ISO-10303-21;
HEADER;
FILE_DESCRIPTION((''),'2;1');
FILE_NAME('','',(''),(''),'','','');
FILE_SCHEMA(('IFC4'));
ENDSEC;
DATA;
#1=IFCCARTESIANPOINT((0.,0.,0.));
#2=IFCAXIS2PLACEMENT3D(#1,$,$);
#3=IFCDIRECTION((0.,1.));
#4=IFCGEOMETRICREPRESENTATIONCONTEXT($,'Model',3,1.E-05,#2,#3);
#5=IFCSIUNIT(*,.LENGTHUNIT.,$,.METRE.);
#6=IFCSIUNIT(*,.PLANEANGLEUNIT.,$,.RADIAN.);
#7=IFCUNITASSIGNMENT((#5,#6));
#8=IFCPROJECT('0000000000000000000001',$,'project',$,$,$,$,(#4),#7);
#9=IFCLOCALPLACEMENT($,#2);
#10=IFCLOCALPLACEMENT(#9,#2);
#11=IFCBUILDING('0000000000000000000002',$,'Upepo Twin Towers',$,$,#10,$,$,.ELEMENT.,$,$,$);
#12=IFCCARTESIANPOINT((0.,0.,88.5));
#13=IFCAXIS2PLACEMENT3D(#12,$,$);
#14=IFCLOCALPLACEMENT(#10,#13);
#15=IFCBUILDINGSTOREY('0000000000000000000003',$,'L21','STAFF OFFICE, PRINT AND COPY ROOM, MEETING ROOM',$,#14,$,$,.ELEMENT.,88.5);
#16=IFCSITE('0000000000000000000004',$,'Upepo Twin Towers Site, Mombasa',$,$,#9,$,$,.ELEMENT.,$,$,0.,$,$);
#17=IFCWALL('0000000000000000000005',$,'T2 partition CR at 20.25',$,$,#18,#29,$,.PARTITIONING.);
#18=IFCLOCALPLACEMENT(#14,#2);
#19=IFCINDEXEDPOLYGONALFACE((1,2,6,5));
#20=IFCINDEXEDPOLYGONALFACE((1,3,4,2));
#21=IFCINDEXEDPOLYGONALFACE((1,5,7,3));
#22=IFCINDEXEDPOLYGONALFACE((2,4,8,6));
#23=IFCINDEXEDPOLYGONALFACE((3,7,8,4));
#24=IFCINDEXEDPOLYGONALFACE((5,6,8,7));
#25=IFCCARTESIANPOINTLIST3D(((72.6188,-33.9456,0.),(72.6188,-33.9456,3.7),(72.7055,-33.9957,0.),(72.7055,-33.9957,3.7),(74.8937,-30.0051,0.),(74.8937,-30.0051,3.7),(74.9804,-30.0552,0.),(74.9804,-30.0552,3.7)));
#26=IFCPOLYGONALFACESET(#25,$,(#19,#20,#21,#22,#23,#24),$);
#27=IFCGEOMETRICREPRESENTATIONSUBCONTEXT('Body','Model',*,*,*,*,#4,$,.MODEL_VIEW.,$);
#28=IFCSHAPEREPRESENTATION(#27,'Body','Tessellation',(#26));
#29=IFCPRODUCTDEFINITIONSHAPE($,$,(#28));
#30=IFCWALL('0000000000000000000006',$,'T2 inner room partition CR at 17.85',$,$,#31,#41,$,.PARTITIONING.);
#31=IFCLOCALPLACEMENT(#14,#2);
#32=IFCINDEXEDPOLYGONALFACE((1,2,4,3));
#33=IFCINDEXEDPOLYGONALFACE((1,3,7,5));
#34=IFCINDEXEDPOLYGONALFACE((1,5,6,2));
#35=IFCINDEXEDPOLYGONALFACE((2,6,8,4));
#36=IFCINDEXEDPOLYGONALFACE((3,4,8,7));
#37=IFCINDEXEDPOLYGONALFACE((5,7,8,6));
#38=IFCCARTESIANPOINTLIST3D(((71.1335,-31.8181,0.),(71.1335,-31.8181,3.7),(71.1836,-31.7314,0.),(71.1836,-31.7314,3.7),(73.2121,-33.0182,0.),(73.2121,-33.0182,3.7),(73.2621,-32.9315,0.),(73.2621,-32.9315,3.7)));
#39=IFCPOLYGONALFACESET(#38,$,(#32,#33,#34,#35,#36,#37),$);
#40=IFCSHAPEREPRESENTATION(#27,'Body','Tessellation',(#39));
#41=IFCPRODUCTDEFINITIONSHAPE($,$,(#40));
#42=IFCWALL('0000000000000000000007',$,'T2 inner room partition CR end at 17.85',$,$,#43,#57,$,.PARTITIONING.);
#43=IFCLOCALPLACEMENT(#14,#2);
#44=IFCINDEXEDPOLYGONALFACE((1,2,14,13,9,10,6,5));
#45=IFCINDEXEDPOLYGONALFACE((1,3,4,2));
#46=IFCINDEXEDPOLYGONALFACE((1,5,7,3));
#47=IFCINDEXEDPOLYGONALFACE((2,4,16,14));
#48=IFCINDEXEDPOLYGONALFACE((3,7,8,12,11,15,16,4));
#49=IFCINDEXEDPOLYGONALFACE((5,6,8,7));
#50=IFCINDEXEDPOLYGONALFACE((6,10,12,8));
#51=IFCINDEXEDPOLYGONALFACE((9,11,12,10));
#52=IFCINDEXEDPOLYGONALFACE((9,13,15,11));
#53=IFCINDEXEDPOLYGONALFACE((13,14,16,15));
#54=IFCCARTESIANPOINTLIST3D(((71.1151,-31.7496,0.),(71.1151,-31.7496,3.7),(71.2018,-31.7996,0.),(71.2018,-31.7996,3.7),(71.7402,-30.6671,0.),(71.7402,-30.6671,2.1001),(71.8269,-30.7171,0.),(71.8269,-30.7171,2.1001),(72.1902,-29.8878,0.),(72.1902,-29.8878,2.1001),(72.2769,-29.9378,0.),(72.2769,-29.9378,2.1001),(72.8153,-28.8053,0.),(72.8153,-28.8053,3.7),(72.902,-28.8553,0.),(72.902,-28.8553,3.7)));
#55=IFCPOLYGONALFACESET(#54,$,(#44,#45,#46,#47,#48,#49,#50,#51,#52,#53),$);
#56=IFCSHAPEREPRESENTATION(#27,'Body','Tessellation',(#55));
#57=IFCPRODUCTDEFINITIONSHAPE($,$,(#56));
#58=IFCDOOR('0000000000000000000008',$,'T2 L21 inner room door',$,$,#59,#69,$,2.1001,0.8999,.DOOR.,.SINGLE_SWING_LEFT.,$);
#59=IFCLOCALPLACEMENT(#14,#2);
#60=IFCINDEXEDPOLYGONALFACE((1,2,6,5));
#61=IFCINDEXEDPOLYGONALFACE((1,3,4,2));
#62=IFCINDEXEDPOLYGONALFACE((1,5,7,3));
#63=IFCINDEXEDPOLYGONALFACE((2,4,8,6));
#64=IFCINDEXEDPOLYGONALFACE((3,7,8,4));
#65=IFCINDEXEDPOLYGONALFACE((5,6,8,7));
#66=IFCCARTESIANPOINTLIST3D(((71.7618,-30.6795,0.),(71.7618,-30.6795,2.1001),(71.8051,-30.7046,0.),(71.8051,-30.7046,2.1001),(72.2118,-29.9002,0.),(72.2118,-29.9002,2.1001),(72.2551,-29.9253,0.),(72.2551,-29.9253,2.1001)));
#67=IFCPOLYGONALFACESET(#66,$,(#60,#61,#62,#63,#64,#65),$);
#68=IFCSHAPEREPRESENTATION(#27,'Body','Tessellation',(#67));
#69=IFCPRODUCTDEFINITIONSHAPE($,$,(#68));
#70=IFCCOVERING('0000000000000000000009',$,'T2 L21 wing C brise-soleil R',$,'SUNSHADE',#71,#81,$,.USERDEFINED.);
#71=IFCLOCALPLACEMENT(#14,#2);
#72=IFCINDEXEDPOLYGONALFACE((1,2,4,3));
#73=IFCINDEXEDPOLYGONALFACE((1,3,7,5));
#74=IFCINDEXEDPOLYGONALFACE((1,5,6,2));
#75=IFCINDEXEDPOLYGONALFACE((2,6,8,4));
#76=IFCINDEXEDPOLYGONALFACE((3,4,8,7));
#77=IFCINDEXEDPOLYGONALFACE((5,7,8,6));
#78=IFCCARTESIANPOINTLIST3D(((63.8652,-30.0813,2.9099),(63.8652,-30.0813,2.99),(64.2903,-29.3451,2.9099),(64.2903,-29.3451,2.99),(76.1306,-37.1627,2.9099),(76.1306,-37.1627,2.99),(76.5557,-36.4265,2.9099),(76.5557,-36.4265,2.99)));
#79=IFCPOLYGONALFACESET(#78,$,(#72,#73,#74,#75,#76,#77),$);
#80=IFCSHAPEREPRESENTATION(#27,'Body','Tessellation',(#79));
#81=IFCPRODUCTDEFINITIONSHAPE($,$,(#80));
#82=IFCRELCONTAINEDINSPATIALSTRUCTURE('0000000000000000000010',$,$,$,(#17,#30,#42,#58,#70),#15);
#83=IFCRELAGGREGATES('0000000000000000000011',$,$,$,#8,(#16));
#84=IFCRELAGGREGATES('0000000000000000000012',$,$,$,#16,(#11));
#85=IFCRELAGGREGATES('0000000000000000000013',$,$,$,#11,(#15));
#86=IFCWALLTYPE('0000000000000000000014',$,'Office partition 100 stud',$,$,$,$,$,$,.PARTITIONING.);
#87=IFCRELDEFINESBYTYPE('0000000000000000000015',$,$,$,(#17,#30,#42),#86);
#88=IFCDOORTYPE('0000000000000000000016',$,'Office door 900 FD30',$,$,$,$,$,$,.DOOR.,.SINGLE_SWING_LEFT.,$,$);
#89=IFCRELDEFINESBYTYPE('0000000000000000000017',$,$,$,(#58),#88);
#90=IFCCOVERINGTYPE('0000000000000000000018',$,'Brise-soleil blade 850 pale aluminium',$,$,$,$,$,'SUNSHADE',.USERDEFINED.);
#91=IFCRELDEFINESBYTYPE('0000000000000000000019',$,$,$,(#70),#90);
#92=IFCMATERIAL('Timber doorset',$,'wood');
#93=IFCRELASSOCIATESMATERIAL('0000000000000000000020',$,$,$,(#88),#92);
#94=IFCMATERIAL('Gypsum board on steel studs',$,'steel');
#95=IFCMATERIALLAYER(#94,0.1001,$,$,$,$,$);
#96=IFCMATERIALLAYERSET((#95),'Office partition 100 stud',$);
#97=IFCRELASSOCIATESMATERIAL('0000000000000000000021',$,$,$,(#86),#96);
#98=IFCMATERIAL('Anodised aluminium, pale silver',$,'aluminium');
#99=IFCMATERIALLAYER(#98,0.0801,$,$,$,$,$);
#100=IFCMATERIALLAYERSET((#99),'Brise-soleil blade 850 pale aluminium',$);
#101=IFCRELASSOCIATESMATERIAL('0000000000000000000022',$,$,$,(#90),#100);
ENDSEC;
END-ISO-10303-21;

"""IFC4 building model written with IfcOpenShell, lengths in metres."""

from ifc_helpers import new_model, si_unit, direction, frame, frame_2d, origin, origin_2d, place, context, subcontext, project, spatial, rectangle, extrude, material, layer, layer_set, type_object, element, fill, save


model = new_model("IFC4")

# Units and contexts
model_context = context("Model", 3, precision=1e-05, world=origin(), true_north=direction((0.0, 1.0)))
body_context = subcontext(model_context, "Body", "Model", "MODEL_VIEW")
ifc_project = project(units=[si_unit("LENGTHUNIT", "METRE"), si_unit("PLANEANGLEUNIT", "RADIAN")], contexts=[model_context])

# Site, building, storey
site_placement = place(None, origin())
site = spatial("IfcSite", under=ifc_project, at=site_placement, Name="Upepo Twin Towers Site, Mombasa", CompositionType="ELEMENT", RefElevation=0.0)
building_placement = place(site_placement, origin())
building = spatial("IfcBuilding", under=site, at=building_placement, Name="Upepo Twin Towers", CompositionType="ELEMENT")
storey_placement = place(building_placement, frame((0.0, 0.0, 88.5)))
storey = spatial("IfcBuildingStorey", under=building, at=storey_placement, Name="L21", Description="STAFF OFFICE, PRINT AND COPY ROOM, MEETING ROOM", CompositionType="ELEMENT", Elevation=88.5)

# Shared definitions
ifc_material_1 = material(Name="Timber doorset", Category="wood")
door_type = type_object("IfcDoorType", Name="Office door 900 FD30", OperationType="SINGLE_SWING_LEFT", PredefinedType="DOOR", material=ifc_material_1)

# Walls
ifc_material_2 = material(Name="Gypsum board on steel studs", Category="steel")
ifc_layer_1 = layer(ifc_material_2, 0.1001)
ifc_layer_set_1 = layer_set([ifc_layer_1], Name="Office partition 100 stud")
wall_type_1 = type_object("IfcWallType", Name="Office partition 100 stud", PredefinedType="PARTITIONING", material=ifc_layer_set_1)
for number, where, z_axis, x_axis, name in (
    (1, (74.937, -30.0303, 0.0), (0.0, 0.0, 1.0), (-0.499983, -0.866035, 0.0), "T2 partition CR at 20.25"),
):
    element("IfcWall", number, at=place(storey_placement, frame(where, z_axis=z_axis, x_axis=x_axis)), inside=storey, type_object=wall_type_1, Name=name, PredefinedType="PARTITIONING", context=body_context, shape_type="SweptSolid", body=[
        extrude(rectangle(XDim=4.55, YDim=0.1001, at=frame_2d((2.2749, 0.0))), origin(), (0.0, 0.0, 1.0), 3.7),
    ])
wall_1_placement = place(storey_placement, frame((71.1584, -31.7747, 0.0), z_axis=(0.0, 0.0, 1.0), x_axis=(0.866006, -0.500034, 0.0)))
element("IfcWall", 2, at=wall_1_placement, inside=storey, type_object=wall_type_1, Name="T2 inner room partition CR at 17.85", PredefinedType="PARTITIONING", context=body_context, shape_type="SweptSolid", body=[
    extrude(rectangle(XDim=2.4001, YDim=0.1001, at=frame_2d((1.2002, 0.0))), origin(), (0.0, 0.0, 1.0), 3.7),
])

# Wall, opening, door
wall_2_placement = place(storey_placement, frame((72.8586, -28.8303, 0.0), z_axis=(0.0, 0.0, 1.0), x_axis=(-0.500062, -0.865989, 0.0)))
wall_2 = element("IfcWall", 3, at=wall_2_placement, inside=storey, type_object=wall_type_1, Name="T2 inner room partition CR end at 17.85", PredefinedType="PARTITIONING", context=body_context, shape_type="SweptSolid", body=[
    extrude(rectangle(XDim=3.3999, YDim=0.1001, at=frame_2d((1.7, 0.0))), origin(), (0.0, 0.0, 1.0), 3.7),
])
opening_1_placement = place(wall_2_placement, frame((1.25, 0.0, 0.0)))
opening_1 = element("IfcOpeningElement", 4, at=opening_1_placement, cuts=wall_2, PredefinedType="OPENING", context=body_context, shape_type="SweptSolid", body=[
    extrude(rectangle(XDim=0.8999, YDim=2.1001, at=frame_2d((0.45, 1.05))), frame((0.0, 0.0601, 0.0), z_axis=(0.0, -1.0, 0.0), x_axis=(1.0, 0.0, 0.0)), (0.0, 0.0, 1.0), 0.1201),
])
door_1_placement = place(opening_1_placement, origin())
door_1 = element("IfcDoor", 5, at=door_1_placement, inside=storey, type_object=door_type, Name="T2 L21 inner room door", OperationType="SINGLE_SWING_LEFT", OverallHeight=2.1001, OverallWidth=0.8999, PredefinedType="DOOR", context=body_context, shape_type="SweptSolid", body=[
    extrude(rectangle(XDim=0.8999, YDim=2.1001, at=frame_2d((0.45, 1.05))), frame((0.0, 0.0249, 0.0), z_axis=(0.0, -1.0, 0.0), x_axis=(1.0, 0.0, 0.0)), (0.0, 0.0, 1.0), 0.05),
])
fill(opening_1, door_1)

# Covering
ifc_material_3 = material(Name="Anodised aluminium, pale silver", Category="aluminium")
ifc_layer_2 = layer(ifc_material_3, 0.0801)
ifc_layer_set_2 = layer_set([ifc_layer_2], Name="Brise-soleil blade 850 pale aluminium")
covering_type = type_object("IfcCoveringType", Name="Brise-soleil blade 850 pale aluminium", ElementType="SUNSHADE", PredefinedType="USERDEFINED", material=ifc_layer_set_2)
covering_placement = place(storey_placement, frame((70.2104, -33.2539, 2.9099), z_axis=(0.0, 0.0, 1.0), x_axis=(0.866025, -0.5, 0.0)))
element("IfcCovering", 6, at=covering_placement, inside=storey, type_object=covering_type, Name="T2 L21 wing C brise-soleil R", ObjectType="SUNSHADE", PredefinedType="USERDEFINED", context=body_context, shape_type="SweptSolid", body=[
    extrude(rectangle(XDim=14.1628, YDim=0.8501, at=origin_2d()), origin(), (0.0, 0.0, 1.0), 0.0801),
])

save(model, "model.ifc")
